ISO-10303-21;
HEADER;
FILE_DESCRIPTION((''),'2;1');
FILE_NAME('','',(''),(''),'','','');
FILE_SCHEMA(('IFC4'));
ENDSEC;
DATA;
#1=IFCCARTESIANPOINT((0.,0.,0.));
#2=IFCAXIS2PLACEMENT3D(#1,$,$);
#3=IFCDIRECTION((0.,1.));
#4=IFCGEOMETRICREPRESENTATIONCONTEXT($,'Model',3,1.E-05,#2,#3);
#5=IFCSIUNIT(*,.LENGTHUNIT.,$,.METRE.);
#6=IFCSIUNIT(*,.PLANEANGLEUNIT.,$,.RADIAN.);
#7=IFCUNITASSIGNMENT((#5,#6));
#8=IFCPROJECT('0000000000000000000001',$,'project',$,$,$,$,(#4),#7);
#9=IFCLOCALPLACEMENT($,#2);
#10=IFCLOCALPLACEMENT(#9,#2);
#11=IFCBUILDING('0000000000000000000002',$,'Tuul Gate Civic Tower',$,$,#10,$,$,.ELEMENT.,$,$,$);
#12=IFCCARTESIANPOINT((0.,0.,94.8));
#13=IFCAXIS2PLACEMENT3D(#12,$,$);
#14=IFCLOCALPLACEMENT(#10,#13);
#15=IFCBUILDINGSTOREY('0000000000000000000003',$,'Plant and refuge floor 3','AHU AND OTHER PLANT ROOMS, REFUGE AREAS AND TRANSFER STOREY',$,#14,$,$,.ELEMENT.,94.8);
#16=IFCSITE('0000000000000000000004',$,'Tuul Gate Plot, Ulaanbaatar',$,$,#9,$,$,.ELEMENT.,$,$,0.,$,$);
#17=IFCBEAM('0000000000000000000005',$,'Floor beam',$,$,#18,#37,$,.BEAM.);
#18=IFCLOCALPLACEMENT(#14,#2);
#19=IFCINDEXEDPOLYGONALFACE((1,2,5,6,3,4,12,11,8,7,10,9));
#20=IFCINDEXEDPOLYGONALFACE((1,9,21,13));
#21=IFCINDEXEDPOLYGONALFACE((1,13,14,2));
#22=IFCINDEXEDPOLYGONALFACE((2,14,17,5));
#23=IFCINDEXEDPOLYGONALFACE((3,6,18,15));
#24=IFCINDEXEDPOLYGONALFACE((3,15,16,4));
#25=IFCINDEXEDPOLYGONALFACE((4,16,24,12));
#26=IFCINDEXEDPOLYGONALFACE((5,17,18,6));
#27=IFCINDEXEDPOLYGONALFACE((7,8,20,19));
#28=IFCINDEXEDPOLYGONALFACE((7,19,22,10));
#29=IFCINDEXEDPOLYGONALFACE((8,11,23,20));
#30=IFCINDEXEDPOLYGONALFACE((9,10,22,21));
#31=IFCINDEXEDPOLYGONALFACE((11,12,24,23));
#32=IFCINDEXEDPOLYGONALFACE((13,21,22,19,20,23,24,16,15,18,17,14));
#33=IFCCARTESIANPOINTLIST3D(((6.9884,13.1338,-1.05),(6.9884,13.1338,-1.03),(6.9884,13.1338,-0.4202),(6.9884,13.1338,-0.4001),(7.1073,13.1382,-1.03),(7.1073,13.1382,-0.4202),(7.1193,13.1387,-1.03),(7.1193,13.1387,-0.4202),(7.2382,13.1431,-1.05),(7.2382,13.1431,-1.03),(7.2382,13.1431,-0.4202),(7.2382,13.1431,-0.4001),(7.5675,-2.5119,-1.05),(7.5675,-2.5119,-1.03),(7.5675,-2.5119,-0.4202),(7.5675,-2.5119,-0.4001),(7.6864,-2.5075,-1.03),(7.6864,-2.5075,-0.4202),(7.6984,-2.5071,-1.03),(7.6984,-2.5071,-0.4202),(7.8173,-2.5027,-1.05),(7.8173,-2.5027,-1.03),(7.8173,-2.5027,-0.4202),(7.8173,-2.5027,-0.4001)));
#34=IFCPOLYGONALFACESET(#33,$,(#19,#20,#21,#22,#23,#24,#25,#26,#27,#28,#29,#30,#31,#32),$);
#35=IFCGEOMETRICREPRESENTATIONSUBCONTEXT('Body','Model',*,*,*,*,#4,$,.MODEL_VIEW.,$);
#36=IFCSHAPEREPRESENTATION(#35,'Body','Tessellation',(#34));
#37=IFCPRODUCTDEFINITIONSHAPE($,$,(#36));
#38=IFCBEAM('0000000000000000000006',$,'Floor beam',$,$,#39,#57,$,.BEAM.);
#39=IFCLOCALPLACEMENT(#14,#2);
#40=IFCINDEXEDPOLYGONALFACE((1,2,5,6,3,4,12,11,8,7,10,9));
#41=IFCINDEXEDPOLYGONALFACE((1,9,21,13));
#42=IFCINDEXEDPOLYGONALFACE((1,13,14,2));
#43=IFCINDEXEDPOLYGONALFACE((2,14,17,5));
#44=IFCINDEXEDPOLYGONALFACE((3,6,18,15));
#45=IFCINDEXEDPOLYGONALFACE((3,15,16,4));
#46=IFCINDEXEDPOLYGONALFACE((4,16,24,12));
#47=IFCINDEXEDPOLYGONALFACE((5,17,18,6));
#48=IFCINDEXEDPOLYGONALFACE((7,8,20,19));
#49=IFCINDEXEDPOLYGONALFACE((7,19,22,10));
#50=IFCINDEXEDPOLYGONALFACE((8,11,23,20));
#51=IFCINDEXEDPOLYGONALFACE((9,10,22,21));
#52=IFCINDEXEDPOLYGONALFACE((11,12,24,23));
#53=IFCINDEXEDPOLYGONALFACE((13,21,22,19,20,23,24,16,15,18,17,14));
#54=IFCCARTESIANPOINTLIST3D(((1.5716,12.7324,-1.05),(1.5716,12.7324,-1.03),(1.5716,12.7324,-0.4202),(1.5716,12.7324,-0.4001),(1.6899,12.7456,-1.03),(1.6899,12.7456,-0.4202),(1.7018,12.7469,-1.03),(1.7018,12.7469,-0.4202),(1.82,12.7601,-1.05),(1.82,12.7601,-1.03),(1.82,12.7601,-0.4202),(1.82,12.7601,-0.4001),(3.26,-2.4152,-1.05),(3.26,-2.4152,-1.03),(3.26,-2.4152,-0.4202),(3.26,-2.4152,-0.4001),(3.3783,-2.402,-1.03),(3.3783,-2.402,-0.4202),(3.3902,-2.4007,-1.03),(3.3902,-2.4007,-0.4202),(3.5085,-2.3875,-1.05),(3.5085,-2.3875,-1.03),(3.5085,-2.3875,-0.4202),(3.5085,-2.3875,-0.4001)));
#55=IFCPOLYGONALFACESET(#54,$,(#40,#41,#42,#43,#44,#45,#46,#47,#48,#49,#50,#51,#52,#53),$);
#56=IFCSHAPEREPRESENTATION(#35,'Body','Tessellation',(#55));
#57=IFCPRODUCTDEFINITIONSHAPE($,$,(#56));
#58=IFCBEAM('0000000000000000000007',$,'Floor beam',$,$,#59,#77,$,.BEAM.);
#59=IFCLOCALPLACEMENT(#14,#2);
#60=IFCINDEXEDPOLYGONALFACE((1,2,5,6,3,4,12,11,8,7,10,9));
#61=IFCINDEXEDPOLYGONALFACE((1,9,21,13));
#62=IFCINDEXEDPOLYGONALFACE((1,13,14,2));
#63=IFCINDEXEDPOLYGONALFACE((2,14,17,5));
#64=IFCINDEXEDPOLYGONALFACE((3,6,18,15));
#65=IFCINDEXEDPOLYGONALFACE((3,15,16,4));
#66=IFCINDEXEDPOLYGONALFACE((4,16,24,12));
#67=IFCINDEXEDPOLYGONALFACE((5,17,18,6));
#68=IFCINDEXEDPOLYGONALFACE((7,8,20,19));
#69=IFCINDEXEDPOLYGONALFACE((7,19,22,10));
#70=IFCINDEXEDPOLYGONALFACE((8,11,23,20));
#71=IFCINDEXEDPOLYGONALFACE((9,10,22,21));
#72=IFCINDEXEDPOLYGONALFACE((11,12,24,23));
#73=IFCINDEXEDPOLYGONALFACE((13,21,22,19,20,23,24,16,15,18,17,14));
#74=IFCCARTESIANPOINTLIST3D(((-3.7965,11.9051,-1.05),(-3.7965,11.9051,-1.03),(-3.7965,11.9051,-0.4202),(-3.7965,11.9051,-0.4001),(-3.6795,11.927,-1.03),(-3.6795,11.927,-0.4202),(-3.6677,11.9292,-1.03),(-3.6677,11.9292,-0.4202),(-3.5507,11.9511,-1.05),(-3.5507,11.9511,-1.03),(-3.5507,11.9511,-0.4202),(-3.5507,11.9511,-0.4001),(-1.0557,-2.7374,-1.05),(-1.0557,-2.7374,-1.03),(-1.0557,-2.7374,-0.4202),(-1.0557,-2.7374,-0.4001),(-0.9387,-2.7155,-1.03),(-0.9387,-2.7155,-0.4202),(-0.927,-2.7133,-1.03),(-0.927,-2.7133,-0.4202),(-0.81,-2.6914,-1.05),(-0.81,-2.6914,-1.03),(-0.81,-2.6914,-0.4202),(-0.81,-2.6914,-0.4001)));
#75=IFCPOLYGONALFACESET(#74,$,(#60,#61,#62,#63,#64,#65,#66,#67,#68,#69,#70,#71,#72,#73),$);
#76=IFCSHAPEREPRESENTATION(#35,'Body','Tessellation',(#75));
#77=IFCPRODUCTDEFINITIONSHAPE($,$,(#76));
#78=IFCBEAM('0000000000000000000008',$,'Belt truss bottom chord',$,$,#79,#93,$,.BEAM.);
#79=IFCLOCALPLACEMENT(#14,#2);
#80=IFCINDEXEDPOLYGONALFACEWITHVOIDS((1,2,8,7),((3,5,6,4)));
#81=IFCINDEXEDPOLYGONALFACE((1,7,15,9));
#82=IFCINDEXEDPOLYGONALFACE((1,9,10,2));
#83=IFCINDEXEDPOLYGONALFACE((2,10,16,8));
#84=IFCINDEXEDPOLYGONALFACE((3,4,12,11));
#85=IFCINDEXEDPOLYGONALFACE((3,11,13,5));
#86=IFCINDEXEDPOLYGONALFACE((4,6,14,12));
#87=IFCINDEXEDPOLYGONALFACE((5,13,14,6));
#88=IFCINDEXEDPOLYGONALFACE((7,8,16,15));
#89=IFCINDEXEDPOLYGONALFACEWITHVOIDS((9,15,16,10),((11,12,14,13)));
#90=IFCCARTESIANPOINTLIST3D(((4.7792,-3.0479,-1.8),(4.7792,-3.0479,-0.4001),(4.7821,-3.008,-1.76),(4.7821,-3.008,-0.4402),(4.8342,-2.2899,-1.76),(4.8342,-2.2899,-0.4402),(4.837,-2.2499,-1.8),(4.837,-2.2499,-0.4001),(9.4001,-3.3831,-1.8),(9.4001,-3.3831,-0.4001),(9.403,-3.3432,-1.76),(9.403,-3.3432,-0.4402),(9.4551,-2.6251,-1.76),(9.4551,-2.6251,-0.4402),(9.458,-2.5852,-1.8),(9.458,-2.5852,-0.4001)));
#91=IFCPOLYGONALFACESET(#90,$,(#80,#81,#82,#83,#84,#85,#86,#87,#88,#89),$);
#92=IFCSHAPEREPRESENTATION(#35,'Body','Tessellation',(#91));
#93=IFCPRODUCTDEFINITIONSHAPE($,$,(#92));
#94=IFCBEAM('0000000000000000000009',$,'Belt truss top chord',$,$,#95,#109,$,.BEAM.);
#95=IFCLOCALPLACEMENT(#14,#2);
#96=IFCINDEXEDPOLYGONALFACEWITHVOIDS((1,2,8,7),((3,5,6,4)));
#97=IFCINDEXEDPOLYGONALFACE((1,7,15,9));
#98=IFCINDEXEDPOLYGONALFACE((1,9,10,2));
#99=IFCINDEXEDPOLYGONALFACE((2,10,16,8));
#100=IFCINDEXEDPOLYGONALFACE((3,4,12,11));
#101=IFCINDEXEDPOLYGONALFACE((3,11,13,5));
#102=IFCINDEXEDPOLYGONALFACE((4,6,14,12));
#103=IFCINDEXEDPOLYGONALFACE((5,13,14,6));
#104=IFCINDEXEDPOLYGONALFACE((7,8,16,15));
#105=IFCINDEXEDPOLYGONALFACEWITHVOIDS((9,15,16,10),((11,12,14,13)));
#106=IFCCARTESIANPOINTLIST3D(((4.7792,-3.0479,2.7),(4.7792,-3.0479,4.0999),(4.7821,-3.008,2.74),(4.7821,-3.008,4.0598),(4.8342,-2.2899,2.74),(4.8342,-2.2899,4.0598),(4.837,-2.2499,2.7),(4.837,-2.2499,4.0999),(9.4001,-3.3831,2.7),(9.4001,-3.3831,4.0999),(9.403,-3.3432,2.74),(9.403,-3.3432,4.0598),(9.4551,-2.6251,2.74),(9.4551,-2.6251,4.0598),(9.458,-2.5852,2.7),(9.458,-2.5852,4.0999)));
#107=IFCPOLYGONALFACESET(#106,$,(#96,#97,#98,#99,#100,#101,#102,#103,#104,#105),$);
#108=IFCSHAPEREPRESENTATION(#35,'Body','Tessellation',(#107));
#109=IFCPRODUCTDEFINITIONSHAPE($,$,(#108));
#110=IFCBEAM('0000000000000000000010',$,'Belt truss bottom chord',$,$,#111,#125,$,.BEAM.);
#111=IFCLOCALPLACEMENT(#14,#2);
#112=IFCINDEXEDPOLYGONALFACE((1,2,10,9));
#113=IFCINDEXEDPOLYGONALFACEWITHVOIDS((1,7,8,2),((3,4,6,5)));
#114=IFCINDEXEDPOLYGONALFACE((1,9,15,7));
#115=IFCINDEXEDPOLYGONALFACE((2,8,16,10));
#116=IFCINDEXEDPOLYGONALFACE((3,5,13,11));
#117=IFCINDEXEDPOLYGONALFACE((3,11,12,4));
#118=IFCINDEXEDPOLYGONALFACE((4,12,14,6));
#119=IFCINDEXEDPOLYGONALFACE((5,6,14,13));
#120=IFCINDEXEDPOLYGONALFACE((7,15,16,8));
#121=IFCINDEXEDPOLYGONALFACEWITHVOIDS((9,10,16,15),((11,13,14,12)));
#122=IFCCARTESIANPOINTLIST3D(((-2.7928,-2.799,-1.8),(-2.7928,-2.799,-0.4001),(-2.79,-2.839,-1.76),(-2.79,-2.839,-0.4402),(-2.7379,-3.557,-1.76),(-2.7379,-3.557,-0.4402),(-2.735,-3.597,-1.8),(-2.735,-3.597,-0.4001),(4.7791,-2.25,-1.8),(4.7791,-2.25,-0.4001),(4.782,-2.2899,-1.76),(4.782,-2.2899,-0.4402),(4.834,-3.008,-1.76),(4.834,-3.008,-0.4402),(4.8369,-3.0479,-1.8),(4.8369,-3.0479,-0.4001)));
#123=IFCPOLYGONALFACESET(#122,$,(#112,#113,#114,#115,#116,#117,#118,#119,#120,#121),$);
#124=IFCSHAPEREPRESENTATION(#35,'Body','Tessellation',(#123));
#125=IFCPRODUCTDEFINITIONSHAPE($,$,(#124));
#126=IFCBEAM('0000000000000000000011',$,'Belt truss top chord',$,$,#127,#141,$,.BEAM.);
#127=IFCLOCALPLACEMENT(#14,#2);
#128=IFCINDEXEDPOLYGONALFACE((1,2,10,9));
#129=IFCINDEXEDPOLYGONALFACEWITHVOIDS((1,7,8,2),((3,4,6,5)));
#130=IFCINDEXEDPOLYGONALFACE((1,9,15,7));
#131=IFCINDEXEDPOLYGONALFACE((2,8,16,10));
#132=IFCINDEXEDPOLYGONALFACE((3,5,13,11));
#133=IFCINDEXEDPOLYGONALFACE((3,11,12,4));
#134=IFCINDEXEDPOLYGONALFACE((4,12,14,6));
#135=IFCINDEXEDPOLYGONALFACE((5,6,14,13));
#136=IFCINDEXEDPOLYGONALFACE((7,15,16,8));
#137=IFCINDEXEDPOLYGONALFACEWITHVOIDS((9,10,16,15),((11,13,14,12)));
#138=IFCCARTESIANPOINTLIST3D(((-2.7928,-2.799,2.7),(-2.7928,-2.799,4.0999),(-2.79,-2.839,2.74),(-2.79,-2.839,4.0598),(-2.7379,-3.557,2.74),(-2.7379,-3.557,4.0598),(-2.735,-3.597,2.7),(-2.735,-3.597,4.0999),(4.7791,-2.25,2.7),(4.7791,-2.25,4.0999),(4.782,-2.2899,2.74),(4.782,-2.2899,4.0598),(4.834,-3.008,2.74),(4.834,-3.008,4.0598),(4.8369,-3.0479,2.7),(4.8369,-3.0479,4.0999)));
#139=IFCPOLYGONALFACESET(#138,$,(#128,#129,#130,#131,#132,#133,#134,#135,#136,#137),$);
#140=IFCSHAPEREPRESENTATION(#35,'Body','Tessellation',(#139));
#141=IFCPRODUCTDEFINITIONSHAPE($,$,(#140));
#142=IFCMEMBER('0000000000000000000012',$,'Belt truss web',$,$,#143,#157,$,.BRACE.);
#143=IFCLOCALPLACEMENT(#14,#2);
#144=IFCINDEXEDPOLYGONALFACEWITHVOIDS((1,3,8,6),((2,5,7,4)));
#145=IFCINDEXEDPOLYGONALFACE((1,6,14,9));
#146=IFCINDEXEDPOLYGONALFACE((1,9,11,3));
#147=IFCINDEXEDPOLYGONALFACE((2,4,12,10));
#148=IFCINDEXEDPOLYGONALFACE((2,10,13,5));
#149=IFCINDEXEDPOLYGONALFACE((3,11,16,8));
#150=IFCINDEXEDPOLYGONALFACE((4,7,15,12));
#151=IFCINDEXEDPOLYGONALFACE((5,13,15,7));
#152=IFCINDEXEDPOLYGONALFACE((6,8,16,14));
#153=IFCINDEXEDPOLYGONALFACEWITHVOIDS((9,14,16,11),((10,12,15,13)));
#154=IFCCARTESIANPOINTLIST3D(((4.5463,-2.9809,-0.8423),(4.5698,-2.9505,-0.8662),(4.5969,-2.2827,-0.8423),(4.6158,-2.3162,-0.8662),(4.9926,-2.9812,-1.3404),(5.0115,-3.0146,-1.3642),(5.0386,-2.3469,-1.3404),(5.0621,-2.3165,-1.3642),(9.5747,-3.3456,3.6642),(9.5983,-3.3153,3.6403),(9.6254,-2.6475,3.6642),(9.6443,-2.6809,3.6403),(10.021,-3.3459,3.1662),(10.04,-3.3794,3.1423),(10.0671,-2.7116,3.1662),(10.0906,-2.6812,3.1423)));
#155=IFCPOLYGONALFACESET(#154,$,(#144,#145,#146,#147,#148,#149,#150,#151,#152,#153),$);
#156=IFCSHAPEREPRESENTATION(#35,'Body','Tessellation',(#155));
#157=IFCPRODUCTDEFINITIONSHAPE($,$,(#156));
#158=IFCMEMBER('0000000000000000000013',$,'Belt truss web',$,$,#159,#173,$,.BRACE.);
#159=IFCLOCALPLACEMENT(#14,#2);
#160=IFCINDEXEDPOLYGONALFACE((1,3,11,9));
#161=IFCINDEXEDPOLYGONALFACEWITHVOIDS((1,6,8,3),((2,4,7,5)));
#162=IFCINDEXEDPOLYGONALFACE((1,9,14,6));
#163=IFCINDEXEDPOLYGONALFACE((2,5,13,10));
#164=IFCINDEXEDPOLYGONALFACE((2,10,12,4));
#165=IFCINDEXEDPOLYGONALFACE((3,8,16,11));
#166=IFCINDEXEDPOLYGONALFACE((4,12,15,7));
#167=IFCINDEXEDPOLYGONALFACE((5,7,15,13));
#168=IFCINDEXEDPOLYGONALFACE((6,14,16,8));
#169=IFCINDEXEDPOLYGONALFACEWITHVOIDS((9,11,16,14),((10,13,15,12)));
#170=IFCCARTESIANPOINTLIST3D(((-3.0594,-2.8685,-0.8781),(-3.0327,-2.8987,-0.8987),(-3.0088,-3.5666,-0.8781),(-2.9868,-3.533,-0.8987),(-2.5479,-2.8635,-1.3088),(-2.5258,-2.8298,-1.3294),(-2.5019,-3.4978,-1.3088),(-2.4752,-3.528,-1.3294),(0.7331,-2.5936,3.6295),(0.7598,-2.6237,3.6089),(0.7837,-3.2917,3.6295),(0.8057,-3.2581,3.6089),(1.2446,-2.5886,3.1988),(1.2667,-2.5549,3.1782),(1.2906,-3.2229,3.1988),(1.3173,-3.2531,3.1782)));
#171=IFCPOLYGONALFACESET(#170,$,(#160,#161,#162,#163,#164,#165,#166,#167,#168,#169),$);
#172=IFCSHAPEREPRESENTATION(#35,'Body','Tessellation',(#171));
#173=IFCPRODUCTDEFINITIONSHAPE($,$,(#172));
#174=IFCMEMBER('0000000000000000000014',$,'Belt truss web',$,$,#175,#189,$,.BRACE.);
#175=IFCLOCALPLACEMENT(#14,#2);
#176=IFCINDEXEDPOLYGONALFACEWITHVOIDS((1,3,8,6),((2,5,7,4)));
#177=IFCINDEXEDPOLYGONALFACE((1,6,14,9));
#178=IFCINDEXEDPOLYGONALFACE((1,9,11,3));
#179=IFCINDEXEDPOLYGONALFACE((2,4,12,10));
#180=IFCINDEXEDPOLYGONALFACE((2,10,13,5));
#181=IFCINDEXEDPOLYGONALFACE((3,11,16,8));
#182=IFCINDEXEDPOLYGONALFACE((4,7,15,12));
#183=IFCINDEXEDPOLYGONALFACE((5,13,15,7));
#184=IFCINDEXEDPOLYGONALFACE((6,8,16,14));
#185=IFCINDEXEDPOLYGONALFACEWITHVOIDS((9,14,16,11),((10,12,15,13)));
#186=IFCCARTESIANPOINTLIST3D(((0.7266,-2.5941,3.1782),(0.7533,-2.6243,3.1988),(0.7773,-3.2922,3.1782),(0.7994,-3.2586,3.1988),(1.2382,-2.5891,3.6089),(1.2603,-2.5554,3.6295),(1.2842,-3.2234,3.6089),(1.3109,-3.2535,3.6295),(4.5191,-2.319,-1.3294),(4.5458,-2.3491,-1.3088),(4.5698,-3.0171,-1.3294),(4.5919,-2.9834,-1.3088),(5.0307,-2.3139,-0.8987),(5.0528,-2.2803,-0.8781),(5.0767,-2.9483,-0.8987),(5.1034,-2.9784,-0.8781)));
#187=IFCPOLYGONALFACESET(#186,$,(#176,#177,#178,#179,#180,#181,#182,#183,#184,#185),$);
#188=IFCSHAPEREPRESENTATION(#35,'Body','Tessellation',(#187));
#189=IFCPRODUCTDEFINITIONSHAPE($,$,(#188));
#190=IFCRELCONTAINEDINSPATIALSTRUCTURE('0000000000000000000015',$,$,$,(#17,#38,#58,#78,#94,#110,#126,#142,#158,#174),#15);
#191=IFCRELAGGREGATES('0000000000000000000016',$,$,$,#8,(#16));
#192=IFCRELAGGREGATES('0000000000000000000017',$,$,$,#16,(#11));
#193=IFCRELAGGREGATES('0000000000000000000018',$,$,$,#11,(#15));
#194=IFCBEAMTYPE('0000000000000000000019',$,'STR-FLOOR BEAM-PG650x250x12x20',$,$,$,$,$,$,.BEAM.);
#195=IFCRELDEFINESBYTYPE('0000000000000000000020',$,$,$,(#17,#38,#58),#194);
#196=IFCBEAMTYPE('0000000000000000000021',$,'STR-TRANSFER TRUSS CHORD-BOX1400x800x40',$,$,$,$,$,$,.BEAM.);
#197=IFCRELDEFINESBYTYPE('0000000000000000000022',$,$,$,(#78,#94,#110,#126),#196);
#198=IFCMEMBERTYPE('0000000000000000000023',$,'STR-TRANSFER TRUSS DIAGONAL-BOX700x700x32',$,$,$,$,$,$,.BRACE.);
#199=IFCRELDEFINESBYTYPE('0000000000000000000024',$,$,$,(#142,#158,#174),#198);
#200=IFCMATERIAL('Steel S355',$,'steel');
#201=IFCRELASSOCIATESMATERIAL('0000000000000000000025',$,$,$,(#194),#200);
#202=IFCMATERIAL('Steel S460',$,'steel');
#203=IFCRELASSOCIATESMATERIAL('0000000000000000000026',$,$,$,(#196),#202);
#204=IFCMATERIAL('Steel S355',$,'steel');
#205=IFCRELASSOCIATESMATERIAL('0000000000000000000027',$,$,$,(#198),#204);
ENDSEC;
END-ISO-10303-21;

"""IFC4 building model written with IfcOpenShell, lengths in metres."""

from ifc_helpers import new_model, si_unit, direction, frame, origin, origin_2d, place, context, subcontext, project, spatial, hollow_rectangle, i_section, extrude, material, material_profile, profile_set, type_object, element, save


model = new_model("IFC4")

# Units and contexts
model_context = context("Model", 3, precision=1e-05, world=origin(), true_north=direction((0.0, 1.0)))
body_context = subcontext(model_context, "Body", "Model", "MODEL_VIEW")
ifc_project = project(units=[si_unit("LENGTHUNIT", "METRE"), si_unit("PLANEANGLEUNIT", "RADIAN")], contexts=[model_context])

# Site, building, storey
site_placement = place(None, origin())
site = spatial("IfcSite", under=ifc_project, at=site_placement, Name="Tuul Gate Plot, Ulaanbaatar", CompositionType="ELEMENT", RefElevation=0.0)
building_placement = place(site_placement, origin())
building = spatial("IfcBuilding", under=site, at=building_placement, Name="Tuul Gate Civic Tower", CompositionType="ELEMENT")
storey_placement = place(building_placement, frame((0.0, 0.0, 94.8)))
storey = spatial("IfcBuildingStorey", under=building, at=storey_placement, Name="Plant and refuge floor 3", Description="AHU AND OTHER PLANT ROOMS, REFUGE AREAS AND TRANSFER STOREY", CompositionType="ELEMENT", Elevation=94.8)

# Beams
ifc_material_1 = material(Name="Steel S355", Category="steel")
ifc_material_profile_1 = material_profile(ifc_material_1, i_section(OverallWidth=0.25, OverallDepth=0.6499, WebThickness=0.012, FlangeThickness=0.02, at=origin_2d()), Name="PG650x250x12x20")
ifc_profile_set_1 = profile_set([ifc_material_profile_1], Name="Steel S355")
beam_type_1 = type_object("IfcBeamType", Name="STR-FLOOR BEAM-PG650x250x12x20", PredefinedType="BEAM", material=ifc_profile_set_1)
beam_1_placement = place(storey_placement, frame((7.6924, -2.5073, -0.7251), z_axis=(-0.036988, 0.999316, 0.0), x_axis=(-0.999316, -0.036988, 0.0)))
element("IfcBeam", 1, at=beam_1_placement, inside=storey, type_object=beam_type_1, Name="Floor beam", PredefinedType="BEAM", context=body_context, shape_type="SweptSolid", body=[
    extrude(i_section(OverallWidth=0.25, OverallDepth=0.6499, WebThickness=0.012, FlangeThickness=0.02, at=origin_2d()), origin(), (0.0, 0.0, 1.0), 15.6565),
])
beam_2_placement = place(storey_placement, frame((3.3843, -2.4014, -0.7251), z_axis=(-0.110781, 0.993845, 0.0), x_axis=(-0.993845, -0.110781, 0.0)))
element("IfcBeam", 2, at=beam_2_placement, inside=storey, type_object=beam_type_1, Name="Floor beam", PredefinedType="BEAM", context=body_context, shape_type="SweptSolid", body=[
    extrude(i_section(OverallWidth=0.25, OverallDepth=0.6499, WebThickness=0.012, FlangeThickness=0.02, at=origin_2d()), origin(), (0.0, 0.0, 1.0), 15.2415),
])
beam_3_placement = place(storey_placement, frame((-0.9329, -2.7144, -0.7251), z_axis=(-0.183983, 0.982929, 0.0), x_axis=(-0.982929, -0.183983, 0.0)))
element("IfcBeam", 3, at=beam_3_placement, inside=storey, type_object=beam_type_1, Name="Floor beam", PredefinedType="BEAM", context=body_context, shape_type="SweptSolid", body=[
    extrude(i_section(OverallWidth=0.25, OverallDepth=0.6499, WebThickness=0.012, FlangeThickness=0.02, at=origin_2d()), origin(), (0.0, 0.0, 1.0), 14.8967),
])
ifc_material_2 = material(Name="Steel S460", Category="steel")
ifc_material_profile_2 = material_profile(ifc_material_2, hollow_rectangle(XDim=0.8, YDim=1.3999, WallThickness=0.04, at=origin_2d()), Name="BOX1400x800x40")
ifc_profile_set_2 = profile_set([ifc_material_profile_2], Name="Steel S460")
beam_type_2 = type_object("IfcBeamType", Name="STR-TRANSFER TRUSS CHORD-BOX1400x800x40", PredefinedType="BEAM", material=ifc_profile_set_2)
for number, where, z_axis, x_axis, name in (
    (4, (4.8081, -2.6489, -1.1001), (0.997379, -0.072352, 0.0), (0.072352, 0.997379, 0.0), "Belt truss bottom chord"),
    (5, (4.8081, -2.6489, 3.3999), (0.997379, -0.072352, 0.0), (0.072352, 0.997379, 0.0), "Belt truss top chord"),
):
    element("IfcBeam", number, at=place(storey_placement, frame(where, z_axis=z_axis, x_axis=x_axis)), inside=storey, type_object=beam_type_2, Name=name, PredefinedType="BEAM", context=body_context, shape_type="SweptSolid", body=[
        extrude(hollow_rectangle(XDim=0.8, YDim=1.3999, WallThickness=0.04, at=origin_2d()), origin(), (0.0, 0.0, 1.0), 4.6331),
    ])
for number, where, z_axis, x_axis, name in (
    (6, (-2.7639, -3.198, -1.1001), (0.997381, 0.072323, 0.0), (-0.072323, 0.997381, 0.0), "Belt truss bottom chord"),
    (7, (-2.7639, -3.198, 3.3999), (0.997381, 0.072323, 0.0), (-0.072323, 0.997381, 0.0), "Belt truss top chord"),
):
    element("IfcBeam", number, at=place(storey_placement, frame(where, z_axis=z_axis, x_axis=x_axis)), inside=storey, type_object=beam_type_2, Name=name, PredefinedType="BEAM", context=body_context, shape_type="SweptSolid", body=[
        extrude(hollow_rectangle(XDim=0.8, YDim=1.3999, WallThickness=0.04, at=origin_2d()), origin(), (0.0, 0.0, 1.0), 7.5918),
    ])

# Members
ifc_material_3 = material(Name="Steel S355", Category="steel")
ifc_material_profile_3 = material_profile(ifc_material_3, hollow_rectangle(XDim=0.7, YDim=0.7, WallThickness=0.032, at=origin_2d()), Name="BOX700x700x32")
ifc_profile_set_3 = profile_set([ifc_material_profile_3], Name="Steel S355")
member_type_1 = type_object("IfcMemberType", Name="STR-TRANSFER TRUSS DIAGONAL-BOX700x700x32", PredefinedType="BRACE", material=ifc_profile_set_3)
member_1_placement = place(storey_placement, frame((4.8042, -2.6487, -1.1033), z_axis=(0.743616, -0.053938, 0.666428), x_axis=(0.072345, 0.99738, 0.0)))
element("IfcMember", 8, at=member_1_placement, inside=storey, type_object=member_type_1, Name="Belt truss web", PredefinedType="BRACE", context=body_context, shape_type="SweptSolid", body=[
    extrude(hollow_rectangle(XDim=0.7, YDim=0.7, WallThickness=0.032, at=origin_2d()), origin(), (0.0, 0.0, 1.0), 6.7622),
])
for number, where, z_axis, x_axis, name in (
    (9, (-2.7673, -3.1982, -1.1038), (0.643101, 0.046616, 0.764361), (-0.072296, 0.997383, 0.0), "Belt truss web"),
    (10, (4.8113, -2.6487, -1.1038), (-0.6431, -0.046657, 0.764359), (0.07236, -0.997379, 0.0), "Belt truss web"),
):
    element("IfcMember", number, at=place(storey_placement, frame(where, z_axis=z_axis, x_axis=x_axis)), inside=storey, type_object=member_type_1, Name=name, PredefinedType="BRACE", context=body_context, shape_type="SweptSolid", body=[
        extrude(hollow_rectangle(XDim=0.7, YDim=0.7, WallThickness=0.032, at=origin_2d()), origin(), (0.0, 0.0, 1.0), 5.8972),
    ])

save(model, "model.ifc")
